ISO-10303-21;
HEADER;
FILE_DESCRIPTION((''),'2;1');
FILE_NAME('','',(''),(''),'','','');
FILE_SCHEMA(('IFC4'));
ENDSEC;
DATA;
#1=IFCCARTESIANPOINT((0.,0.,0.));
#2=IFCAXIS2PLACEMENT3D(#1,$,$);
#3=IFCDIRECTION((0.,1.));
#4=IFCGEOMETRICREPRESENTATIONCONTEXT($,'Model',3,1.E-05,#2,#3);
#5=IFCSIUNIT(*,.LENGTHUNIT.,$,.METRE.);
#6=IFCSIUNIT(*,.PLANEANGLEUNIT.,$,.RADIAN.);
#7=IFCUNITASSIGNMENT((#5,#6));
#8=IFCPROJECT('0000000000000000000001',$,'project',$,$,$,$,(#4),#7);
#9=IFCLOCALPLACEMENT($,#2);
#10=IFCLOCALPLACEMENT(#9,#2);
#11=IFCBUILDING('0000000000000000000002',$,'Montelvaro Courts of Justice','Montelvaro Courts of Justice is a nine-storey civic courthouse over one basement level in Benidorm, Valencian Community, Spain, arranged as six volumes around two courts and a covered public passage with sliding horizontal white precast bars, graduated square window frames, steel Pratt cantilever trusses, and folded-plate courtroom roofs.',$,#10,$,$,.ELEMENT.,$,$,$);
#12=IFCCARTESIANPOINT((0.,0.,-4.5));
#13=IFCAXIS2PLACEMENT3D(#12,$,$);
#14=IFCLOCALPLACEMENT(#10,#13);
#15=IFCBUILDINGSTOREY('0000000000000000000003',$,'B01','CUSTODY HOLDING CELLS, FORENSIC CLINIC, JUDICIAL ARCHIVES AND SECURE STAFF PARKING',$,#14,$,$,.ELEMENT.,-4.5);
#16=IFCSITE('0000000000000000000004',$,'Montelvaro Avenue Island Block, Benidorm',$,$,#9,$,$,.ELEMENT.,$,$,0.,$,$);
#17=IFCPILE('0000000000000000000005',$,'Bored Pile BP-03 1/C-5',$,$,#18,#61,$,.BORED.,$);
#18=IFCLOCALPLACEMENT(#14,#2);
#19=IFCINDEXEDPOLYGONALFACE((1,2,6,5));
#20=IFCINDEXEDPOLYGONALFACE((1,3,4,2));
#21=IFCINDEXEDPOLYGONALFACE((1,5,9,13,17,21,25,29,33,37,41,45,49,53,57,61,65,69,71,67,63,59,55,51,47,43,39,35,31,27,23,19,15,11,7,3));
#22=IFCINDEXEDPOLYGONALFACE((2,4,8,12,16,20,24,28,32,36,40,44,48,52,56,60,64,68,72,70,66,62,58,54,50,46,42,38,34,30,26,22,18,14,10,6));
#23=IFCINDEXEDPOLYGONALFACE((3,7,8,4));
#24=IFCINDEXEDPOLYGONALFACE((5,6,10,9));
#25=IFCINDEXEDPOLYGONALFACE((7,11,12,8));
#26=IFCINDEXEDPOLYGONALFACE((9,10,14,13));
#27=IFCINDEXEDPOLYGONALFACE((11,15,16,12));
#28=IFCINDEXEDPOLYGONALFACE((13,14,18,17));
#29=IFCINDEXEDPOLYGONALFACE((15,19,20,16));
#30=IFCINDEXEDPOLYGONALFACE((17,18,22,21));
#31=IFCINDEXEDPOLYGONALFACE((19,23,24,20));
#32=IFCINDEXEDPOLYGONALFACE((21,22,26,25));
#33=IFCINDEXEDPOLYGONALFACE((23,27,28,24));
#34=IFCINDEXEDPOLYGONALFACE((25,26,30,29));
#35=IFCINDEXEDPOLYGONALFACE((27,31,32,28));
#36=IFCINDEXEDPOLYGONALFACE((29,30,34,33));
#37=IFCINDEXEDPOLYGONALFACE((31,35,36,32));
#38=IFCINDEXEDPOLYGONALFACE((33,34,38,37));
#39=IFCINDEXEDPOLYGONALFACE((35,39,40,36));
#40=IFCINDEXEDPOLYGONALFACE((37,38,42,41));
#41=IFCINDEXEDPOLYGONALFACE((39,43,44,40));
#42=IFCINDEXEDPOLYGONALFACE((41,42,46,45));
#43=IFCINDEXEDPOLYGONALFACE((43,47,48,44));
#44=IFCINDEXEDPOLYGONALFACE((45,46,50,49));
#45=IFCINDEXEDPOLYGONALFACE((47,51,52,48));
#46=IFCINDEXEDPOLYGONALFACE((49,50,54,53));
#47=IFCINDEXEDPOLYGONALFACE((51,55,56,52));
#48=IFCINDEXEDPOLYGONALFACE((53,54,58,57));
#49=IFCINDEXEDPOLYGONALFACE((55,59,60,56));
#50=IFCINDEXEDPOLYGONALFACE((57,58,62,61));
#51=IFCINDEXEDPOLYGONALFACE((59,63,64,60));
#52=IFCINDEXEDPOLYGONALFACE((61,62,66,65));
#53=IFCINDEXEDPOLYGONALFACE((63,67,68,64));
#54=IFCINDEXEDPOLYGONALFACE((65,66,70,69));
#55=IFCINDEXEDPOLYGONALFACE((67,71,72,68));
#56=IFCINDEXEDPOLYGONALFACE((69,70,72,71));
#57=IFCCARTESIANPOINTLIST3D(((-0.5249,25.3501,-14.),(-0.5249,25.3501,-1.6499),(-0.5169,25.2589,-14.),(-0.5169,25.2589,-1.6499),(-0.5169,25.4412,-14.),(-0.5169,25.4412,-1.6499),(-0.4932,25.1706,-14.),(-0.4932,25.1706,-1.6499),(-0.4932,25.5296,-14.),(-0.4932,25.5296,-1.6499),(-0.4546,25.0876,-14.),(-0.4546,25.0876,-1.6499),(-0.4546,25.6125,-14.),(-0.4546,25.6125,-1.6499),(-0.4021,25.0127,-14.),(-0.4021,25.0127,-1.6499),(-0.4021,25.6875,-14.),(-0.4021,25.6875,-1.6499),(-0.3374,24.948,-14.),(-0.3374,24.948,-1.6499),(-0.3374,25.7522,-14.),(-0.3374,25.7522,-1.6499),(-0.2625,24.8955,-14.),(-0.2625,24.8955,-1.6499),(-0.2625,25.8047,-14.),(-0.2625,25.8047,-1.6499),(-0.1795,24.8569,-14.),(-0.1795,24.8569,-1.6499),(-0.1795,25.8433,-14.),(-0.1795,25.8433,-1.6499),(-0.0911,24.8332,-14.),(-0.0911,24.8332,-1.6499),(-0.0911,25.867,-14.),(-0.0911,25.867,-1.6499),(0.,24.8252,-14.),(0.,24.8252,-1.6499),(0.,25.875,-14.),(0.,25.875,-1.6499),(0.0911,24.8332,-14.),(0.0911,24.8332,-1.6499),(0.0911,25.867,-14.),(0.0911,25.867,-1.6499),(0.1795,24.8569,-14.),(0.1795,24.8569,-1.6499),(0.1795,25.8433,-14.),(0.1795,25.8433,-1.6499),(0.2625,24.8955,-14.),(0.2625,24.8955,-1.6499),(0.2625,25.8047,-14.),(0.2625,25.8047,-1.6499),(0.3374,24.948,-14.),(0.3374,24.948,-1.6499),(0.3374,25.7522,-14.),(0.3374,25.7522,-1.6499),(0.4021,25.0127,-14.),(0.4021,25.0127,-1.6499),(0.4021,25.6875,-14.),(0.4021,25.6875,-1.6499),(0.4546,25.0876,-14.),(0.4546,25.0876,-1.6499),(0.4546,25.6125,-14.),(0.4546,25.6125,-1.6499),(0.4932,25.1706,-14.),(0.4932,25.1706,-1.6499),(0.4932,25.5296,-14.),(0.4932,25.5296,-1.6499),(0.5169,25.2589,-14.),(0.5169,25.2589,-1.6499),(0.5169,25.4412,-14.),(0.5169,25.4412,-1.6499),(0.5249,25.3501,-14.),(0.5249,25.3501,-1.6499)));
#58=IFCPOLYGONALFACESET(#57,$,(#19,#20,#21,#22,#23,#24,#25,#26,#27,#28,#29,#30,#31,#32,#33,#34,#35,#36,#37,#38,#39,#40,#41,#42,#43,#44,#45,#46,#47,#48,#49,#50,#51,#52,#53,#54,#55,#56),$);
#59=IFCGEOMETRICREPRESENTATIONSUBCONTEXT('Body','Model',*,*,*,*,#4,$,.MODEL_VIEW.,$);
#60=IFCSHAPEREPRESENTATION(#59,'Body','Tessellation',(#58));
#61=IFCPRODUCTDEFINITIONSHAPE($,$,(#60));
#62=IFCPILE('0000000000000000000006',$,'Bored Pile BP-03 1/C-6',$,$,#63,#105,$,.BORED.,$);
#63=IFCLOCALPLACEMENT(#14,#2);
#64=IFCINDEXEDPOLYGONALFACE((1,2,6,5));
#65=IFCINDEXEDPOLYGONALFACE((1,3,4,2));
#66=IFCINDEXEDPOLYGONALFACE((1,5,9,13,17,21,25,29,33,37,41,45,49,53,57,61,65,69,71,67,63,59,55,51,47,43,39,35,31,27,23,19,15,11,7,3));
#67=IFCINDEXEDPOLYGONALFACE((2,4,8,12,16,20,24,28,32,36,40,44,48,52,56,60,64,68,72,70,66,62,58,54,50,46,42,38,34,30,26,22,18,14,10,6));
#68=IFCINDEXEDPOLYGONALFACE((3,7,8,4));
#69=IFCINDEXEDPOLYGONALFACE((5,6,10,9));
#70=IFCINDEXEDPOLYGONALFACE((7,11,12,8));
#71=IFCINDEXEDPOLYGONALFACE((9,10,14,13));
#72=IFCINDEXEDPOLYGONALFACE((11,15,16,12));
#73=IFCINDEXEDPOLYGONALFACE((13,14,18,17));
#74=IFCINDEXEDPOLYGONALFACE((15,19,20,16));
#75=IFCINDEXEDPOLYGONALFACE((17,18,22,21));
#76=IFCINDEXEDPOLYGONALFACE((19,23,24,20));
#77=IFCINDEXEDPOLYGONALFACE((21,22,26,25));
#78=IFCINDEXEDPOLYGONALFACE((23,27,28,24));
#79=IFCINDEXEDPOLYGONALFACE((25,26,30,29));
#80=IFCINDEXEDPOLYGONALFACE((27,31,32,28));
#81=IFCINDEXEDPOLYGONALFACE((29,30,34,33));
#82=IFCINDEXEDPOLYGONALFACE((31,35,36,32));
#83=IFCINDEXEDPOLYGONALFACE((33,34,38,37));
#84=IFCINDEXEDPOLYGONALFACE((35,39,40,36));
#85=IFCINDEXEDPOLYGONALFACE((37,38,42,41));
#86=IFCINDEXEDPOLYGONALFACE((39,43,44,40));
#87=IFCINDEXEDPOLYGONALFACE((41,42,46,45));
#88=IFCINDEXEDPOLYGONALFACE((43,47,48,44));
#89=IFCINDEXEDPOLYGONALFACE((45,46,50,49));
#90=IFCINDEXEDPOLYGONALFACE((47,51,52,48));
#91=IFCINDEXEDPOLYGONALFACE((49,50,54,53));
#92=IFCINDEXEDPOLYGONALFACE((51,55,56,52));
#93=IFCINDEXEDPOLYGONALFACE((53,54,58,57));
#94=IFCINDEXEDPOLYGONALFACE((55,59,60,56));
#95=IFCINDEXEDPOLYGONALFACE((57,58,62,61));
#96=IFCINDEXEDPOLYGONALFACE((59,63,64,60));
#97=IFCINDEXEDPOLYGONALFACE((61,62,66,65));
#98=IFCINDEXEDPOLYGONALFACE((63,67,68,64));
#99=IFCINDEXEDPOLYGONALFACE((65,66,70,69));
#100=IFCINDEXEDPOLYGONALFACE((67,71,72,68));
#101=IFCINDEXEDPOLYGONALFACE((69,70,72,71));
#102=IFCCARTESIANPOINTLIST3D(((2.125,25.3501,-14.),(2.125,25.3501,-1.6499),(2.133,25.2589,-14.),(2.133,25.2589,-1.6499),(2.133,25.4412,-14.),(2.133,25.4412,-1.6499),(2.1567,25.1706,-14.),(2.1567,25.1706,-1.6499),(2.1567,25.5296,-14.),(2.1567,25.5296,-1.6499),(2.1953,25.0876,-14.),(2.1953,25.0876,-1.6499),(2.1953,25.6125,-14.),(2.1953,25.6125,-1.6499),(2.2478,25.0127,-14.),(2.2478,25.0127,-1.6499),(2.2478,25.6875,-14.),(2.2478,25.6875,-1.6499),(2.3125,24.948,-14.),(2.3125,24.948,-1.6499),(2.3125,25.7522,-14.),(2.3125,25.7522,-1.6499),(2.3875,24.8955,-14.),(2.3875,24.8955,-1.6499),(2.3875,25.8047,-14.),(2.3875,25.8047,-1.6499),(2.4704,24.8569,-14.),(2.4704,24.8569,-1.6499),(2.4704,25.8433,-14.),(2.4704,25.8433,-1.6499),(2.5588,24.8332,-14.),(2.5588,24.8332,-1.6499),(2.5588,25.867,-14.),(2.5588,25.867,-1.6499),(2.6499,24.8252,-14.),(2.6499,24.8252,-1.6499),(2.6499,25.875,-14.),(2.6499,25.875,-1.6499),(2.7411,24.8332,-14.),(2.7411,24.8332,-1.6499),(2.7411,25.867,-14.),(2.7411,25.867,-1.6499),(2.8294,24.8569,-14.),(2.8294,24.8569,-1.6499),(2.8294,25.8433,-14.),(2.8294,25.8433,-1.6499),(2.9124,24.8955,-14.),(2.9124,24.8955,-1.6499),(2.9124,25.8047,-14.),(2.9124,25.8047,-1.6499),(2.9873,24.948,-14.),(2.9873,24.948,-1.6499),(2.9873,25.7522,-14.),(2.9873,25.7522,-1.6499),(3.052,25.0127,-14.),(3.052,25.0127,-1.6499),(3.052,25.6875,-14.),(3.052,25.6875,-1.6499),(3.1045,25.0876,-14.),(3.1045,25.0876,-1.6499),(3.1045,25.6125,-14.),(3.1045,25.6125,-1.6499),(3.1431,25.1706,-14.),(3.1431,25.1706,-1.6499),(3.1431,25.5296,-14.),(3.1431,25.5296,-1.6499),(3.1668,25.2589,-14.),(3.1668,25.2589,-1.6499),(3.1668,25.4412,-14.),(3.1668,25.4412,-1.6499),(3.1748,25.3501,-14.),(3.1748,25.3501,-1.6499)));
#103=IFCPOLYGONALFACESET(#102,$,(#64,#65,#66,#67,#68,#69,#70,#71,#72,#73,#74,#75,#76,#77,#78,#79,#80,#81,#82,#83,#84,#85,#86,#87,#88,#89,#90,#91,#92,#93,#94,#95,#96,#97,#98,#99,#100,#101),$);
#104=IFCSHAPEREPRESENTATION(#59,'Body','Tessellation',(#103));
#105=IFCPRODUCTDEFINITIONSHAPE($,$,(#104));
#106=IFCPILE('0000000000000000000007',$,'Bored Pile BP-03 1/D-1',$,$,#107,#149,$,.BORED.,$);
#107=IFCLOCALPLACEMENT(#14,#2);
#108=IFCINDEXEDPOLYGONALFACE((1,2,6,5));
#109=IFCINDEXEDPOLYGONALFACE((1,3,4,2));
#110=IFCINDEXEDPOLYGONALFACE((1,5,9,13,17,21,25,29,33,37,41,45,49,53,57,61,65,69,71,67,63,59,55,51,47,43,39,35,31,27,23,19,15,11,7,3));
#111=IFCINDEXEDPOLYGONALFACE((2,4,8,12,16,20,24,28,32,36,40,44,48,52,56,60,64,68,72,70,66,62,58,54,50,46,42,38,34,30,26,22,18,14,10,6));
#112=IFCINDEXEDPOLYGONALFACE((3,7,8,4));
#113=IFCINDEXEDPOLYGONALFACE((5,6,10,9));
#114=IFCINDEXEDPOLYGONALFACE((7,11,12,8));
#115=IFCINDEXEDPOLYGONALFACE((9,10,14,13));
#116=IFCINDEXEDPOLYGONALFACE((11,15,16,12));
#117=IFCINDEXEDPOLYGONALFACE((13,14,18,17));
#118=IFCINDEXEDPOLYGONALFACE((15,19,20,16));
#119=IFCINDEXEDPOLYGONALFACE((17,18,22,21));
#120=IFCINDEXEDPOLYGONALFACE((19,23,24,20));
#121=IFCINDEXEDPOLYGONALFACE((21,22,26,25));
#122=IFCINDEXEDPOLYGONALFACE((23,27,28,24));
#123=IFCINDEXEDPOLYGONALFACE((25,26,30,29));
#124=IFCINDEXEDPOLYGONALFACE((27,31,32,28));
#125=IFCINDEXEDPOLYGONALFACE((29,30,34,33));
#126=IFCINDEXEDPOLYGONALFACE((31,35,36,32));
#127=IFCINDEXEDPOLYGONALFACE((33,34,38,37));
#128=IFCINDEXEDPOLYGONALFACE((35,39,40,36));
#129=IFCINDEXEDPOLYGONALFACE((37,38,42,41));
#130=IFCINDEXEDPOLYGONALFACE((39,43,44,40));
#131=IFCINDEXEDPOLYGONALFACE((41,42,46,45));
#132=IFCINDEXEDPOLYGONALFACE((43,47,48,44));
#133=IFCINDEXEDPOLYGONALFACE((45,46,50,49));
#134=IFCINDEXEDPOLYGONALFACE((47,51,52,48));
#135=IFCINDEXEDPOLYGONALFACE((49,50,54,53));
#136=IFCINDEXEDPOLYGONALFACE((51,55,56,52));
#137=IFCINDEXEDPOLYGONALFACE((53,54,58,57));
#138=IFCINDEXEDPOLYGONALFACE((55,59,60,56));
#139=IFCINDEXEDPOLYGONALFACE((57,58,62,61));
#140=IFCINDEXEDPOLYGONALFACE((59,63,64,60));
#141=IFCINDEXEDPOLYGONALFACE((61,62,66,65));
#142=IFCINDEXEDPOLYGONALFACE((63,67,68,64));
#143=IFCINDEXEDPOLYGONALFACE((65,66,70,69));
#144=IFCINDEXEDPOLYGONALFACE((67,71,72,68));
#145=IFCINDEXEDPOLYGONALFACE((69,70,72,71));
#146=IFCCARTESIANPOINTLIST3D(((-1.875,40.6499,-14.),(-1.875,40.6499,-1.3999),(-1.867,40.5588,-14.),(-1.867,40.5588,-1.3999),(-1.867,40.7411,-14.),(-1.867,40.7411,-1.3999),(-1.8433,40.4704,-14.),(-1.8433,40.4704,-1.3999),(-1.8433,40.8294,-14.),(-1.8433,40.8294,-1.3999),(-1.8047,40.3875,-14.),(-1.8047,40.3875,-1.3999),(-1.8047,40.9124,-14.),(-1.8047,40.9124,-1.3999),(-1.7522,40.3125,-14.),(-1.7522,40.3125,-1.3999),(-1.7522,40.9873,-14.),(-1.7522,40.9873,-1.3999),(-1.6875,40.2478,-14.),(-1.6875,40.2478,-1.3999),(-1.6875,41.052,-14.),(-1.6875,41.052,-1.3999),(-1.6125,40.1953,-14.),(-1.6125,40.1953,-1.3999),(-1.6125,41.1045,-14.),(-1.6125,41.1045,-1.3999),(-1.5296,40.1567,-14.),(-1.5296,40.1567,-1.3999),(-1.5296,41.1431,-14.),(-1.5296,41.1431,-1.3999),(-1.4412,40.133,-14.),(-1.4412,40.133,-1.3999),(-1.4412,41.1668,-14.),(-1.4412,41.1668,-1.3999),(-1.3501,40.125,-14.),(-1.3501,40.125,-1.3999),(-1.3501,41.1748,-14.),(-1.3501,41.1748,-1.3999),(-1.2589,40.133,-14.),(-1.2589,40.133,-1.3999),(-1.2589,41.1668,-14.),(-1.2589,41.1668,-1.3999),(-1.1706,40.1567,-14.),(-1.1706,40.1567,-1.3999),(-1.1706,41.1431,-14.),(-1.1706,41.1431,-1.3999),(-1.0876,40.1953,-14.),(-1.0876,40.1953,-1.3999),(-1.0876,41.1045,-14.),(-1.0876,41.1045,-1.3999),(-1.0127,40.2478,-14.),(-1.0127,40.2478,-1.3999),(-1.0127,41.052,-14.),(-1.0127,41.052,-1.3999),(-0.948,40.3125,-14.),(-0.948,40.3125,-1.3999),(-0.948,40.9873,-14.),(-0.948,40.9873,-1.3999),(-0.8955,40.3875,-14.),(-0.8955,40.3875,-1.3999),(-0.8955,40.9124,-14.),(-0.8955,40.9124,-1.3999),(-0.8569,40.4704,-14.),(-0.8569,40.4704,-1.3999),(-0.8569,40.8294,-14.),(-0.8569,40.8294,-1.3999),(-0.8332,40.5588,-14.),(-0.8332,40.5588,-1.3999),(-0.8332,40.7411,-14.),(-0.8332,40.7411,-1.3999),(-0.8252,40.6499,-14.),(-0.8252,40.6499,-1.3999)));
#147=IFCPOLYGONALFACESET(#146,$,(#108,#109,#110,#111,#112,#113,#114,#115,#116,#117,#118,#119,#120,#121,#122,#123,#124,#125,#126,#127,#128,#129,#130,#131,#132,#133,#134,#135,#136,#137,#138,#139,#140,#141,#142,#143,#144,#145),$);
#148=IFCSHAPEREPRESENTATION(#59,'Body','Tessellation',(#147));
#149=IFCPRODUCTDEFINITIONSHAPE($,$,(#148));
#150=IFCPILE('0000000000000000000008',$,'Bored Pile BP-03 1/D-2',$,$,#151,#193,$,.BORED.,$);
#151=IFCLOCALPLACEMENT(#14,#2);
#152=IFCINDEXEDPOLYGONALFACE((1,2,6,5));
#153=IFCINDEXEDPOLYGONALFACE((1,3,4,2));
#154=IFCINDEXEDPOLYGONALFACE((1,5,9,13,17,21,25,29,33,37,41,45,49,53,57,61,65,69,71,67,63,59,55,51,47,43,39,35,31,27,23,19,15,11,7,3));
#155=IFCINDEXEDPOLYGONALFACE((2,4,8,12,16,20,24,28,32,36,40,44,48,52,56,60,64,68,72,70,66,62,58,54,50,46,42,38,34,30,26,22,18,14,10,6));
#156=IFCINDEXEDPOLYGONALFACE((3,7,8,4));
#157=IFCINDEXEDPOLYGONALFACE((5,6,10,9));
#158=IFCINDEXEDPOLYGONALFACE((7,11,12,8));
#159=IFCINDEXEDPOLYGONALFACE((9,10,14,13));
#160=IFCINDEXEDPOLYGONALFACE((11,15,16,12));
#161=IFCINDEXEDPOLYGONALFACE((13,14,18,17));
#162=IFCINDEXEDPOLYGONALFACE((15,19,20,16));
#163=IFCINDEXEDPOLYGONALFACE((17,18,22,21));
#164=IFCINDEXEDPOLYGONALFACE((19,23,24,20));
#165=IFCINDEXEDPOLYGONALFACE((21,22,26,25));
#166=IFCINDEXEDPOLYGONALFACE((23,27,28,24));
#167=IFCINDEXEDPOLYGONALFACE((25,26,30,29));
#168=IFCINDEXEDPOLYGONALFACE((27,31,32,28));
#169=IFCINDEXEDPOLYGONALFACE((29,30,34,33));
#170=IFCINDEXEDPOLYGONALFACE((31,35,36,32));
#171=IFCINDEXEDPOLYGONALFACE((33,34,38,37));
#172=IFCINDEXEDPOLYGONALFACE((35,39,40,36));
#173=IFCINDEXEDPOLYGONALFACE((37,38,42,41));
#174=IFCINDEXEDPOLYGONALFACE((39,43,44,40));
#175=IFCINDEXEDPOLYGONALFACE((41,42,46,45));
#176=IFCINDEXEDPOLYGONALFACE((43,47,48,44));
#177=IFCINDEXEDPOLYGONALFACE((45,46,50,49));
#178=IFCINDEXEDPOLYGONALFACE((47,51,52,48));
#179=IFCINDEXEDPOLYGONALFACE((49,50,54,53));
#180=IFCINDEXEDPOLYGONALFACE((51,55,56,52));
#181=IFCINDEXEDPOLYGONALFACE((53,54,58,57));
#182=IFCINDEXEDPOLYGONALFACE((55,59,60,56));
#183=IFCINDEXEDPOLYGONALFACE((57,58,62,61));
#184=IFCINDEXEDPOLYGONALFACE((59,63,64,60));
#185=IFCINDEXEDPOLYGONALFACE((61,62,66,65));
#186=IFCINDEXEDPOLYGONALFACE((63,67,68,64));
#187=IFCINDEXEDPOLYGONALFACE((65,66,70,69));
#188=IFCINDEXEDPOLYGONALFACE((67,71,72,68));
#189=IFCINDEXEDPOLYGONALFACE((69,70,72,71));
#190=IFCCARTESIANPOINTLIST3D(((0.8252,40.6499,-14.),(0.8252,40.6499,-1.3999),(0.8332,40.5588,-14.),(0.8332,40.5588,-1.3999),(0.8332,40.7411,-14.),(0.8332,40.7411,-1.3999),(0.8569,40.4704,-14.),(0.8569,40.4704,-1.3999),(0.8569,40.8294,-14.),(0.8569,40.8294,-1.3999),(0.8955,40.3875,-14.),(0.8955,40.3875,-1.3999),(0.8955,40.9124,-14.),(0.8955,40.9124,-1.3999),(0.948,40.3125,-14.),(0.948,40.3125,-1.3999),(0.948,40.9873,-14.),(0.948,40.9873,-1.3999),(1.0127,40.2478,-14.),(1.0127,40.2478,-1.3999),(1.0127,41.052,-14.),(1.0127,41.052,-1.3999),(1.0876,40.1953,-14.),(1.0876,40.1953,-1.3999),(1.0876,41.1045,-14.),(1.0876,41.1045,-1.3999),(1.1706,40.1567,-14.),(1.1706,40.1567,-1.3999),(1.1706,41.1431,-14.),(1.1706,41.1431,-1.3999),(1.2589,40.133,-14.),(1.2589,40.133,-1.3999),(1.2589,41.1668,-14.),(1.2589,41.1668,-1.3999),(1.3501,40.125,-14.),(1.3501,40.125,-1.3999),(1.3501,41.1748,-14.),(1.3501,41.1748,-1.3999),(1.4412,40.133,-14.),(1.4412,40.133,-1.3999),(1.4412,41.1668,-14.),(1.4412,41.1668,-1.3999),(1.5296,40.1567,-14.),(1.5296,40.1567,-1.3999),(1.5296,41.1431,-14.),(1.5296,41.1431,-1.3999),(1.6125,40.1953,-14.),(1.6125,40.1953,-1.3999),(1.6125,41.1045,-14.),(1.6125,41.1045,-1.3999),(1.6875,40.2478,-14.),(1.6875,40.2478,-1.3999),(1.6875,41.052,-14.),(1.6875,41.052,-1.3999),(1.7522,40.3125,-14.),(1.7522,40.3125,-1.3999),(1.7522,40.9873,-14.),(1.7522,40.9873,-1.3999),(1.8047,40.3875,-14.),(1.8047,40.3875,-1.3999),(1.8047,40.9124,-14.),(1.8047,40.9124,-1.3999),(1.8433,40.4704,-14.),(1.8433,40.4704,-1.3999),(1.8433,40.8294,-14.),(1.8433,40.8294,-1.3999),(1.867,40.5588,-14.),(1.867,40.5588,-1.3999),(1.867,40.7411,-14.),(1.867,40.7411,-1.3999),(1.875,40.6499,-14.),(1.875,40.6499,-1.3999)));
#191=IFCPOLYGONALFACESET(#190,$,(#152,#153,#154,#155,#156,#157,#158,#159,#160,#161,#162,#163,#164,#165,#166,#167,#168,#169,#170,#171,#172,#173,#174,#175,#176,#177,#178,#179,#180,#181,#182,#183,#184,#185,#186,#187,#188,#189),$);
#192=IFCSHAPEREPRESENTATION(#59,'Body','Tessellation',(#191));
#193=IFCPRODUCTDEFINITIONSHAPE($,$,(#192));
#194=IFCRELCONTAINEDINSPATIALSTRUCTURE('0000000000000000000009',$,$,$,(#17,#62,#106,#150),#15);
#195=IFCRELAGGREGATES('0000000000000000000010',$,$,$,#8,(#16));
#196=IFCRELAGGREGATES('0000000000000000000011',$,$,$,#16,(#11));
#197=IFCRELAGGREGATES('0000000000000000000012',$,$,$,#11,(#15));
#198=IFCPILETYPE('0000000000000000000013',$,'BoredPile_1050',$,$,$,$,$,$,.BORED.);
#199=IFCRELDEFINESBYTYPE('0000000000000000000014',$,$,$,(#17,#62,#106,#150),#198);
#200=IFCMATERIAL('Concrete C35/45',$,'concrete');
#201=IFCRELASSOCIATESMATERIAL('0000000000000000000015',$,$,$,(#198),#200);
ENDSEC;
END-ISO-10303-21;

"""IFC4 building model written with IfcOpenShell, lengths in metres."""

from ifc_helpers import new_model, si_unit, direction, frame, origin, origin_2d, place, context, subcontext, project, spatial, circle, extrude, material, material_profile, profile_set, type_object, element, save


model = new_model("IFC4")

# Units and contexts
model_context = context("Model", 3, precision=1e-05, world=origin(), true_north=direction((0.0, 1.0)))
body_context = subcontext(model_context, "Body", "Model", "MODEL_VIEW")
ifc_project = project(units=[si_unit("LENGTHUNIT", "METRE"), si_unit("PLANEANGLEUNIT", "RADIAN")], contexts=[model_context])

# Site, building, storey
site_placement = place(None, origin())
site = spatial("IfcSite", under=ifc_project, at=site_placement, Name="Montelvaro Avenue Island Block, Benidorm", CompositionType="ELEMENT", RefElevation=0.0)
building_placement = place(site_placement, origin())
building = spatial("IfcBuilding", under=site, at=building_placement, Name="Montelvaro Courts of Justice", Description="Montelvaro Courts of Justice is a nine-storey civic courthouse over one basement level in Benidorm, Valencian Community, Spain, arranged as six volumes around two courts and a covered public passage with sliding horizontal white precast bars, graduated square window frames, steel Pratt cantilever trusses, and folded-plate courtroom roofs.", CompositionType="ELEMENT")
storey_placement = place(building_placement, frame((0.0, 0.0, -4.5)))
storey = spatial("IfcBuildingStorey", under=building, at=storey_placement, Name="B01", Description="CUSTODY HOLDING CELLS, FORENSIC CLINIC, JUDICIAL ARCHIVES AND SECURE STAFF PARKING", CompositionType="ELEMENT", Elevation=-4.5)

# Piles
ifc_material_1 = material(Name="Concrete C35/45", Category="concrete")
ifc_material_profile_1 = material_profile(ifc_material_1, circle(Radius=0.5249, at=origin_2d()), Name="BORED PILE D1050")
ifc_profile_set_1 = profile_set([ifc_material_profile_1], Name="Concrete C35/45")
pile_type_1 = type_object("IfcPileType", Name="BoredPile_1050", PredefinedType="BORED", material=ifc_profile_set_1)
for number, where, z_axis, x_axis, name in (
    (1, (0.0, 25.3501, -1.6499), (0.0, 0.0, -1.0), (1.0, 0.0, 0.0), "Bored Pile BP-03 1/C-5"),
    (2, (2.6499, 25.3501, -1.6499), (0.0, 0.0, -1.0), (1.0, 0.0, 0.0), "Bored Pile BP-03 1/C-6"),
):
    element("IfcPile", number, at=place(storey_placement, frame(where, z_axis=z_axis, x_axis=x_axis)), inside=storey, type_object=pile_type_1, Name=name, PredefinedType="BORED", context=body_context, shape_type="SweptSolid", body=[
        extrude(circle(Radius=0.5249, at=origin_2d()), origin(), (0.0, 0.0, 1.0), 12.3501),
    ])
for number, where, z_axis, x_axis, name in (
    (3, (-1.3501, 40.6499, -1.3999), (0.0, 0.0, -1.0), (1.0, 0.0, 0.0), "Bored Pile BP-03 1/D-1"),
    (4, (1.3501, 40.6499, -1.3999), (0.0, 0.0, -1.0), (1.0, 0.0, 0.0), "Bored Pile BP-03 1/D-2"),
):
    element("IfcPile", number, at=place(storey_placement, frame(where, z_axis=z_axis, x_axis=x_axis)), inside=storey, type_object=pile_type_1, Name=name, PredefinedType="BORED", context=body_context, shape_type="SweptSolid", body=[
        extrude(circle(Radius=0.5249, at=origin_2d()), origin(), (0.0, 0.0, 1.0), 12.6001),
    ])

save(model, "model.ifc")
